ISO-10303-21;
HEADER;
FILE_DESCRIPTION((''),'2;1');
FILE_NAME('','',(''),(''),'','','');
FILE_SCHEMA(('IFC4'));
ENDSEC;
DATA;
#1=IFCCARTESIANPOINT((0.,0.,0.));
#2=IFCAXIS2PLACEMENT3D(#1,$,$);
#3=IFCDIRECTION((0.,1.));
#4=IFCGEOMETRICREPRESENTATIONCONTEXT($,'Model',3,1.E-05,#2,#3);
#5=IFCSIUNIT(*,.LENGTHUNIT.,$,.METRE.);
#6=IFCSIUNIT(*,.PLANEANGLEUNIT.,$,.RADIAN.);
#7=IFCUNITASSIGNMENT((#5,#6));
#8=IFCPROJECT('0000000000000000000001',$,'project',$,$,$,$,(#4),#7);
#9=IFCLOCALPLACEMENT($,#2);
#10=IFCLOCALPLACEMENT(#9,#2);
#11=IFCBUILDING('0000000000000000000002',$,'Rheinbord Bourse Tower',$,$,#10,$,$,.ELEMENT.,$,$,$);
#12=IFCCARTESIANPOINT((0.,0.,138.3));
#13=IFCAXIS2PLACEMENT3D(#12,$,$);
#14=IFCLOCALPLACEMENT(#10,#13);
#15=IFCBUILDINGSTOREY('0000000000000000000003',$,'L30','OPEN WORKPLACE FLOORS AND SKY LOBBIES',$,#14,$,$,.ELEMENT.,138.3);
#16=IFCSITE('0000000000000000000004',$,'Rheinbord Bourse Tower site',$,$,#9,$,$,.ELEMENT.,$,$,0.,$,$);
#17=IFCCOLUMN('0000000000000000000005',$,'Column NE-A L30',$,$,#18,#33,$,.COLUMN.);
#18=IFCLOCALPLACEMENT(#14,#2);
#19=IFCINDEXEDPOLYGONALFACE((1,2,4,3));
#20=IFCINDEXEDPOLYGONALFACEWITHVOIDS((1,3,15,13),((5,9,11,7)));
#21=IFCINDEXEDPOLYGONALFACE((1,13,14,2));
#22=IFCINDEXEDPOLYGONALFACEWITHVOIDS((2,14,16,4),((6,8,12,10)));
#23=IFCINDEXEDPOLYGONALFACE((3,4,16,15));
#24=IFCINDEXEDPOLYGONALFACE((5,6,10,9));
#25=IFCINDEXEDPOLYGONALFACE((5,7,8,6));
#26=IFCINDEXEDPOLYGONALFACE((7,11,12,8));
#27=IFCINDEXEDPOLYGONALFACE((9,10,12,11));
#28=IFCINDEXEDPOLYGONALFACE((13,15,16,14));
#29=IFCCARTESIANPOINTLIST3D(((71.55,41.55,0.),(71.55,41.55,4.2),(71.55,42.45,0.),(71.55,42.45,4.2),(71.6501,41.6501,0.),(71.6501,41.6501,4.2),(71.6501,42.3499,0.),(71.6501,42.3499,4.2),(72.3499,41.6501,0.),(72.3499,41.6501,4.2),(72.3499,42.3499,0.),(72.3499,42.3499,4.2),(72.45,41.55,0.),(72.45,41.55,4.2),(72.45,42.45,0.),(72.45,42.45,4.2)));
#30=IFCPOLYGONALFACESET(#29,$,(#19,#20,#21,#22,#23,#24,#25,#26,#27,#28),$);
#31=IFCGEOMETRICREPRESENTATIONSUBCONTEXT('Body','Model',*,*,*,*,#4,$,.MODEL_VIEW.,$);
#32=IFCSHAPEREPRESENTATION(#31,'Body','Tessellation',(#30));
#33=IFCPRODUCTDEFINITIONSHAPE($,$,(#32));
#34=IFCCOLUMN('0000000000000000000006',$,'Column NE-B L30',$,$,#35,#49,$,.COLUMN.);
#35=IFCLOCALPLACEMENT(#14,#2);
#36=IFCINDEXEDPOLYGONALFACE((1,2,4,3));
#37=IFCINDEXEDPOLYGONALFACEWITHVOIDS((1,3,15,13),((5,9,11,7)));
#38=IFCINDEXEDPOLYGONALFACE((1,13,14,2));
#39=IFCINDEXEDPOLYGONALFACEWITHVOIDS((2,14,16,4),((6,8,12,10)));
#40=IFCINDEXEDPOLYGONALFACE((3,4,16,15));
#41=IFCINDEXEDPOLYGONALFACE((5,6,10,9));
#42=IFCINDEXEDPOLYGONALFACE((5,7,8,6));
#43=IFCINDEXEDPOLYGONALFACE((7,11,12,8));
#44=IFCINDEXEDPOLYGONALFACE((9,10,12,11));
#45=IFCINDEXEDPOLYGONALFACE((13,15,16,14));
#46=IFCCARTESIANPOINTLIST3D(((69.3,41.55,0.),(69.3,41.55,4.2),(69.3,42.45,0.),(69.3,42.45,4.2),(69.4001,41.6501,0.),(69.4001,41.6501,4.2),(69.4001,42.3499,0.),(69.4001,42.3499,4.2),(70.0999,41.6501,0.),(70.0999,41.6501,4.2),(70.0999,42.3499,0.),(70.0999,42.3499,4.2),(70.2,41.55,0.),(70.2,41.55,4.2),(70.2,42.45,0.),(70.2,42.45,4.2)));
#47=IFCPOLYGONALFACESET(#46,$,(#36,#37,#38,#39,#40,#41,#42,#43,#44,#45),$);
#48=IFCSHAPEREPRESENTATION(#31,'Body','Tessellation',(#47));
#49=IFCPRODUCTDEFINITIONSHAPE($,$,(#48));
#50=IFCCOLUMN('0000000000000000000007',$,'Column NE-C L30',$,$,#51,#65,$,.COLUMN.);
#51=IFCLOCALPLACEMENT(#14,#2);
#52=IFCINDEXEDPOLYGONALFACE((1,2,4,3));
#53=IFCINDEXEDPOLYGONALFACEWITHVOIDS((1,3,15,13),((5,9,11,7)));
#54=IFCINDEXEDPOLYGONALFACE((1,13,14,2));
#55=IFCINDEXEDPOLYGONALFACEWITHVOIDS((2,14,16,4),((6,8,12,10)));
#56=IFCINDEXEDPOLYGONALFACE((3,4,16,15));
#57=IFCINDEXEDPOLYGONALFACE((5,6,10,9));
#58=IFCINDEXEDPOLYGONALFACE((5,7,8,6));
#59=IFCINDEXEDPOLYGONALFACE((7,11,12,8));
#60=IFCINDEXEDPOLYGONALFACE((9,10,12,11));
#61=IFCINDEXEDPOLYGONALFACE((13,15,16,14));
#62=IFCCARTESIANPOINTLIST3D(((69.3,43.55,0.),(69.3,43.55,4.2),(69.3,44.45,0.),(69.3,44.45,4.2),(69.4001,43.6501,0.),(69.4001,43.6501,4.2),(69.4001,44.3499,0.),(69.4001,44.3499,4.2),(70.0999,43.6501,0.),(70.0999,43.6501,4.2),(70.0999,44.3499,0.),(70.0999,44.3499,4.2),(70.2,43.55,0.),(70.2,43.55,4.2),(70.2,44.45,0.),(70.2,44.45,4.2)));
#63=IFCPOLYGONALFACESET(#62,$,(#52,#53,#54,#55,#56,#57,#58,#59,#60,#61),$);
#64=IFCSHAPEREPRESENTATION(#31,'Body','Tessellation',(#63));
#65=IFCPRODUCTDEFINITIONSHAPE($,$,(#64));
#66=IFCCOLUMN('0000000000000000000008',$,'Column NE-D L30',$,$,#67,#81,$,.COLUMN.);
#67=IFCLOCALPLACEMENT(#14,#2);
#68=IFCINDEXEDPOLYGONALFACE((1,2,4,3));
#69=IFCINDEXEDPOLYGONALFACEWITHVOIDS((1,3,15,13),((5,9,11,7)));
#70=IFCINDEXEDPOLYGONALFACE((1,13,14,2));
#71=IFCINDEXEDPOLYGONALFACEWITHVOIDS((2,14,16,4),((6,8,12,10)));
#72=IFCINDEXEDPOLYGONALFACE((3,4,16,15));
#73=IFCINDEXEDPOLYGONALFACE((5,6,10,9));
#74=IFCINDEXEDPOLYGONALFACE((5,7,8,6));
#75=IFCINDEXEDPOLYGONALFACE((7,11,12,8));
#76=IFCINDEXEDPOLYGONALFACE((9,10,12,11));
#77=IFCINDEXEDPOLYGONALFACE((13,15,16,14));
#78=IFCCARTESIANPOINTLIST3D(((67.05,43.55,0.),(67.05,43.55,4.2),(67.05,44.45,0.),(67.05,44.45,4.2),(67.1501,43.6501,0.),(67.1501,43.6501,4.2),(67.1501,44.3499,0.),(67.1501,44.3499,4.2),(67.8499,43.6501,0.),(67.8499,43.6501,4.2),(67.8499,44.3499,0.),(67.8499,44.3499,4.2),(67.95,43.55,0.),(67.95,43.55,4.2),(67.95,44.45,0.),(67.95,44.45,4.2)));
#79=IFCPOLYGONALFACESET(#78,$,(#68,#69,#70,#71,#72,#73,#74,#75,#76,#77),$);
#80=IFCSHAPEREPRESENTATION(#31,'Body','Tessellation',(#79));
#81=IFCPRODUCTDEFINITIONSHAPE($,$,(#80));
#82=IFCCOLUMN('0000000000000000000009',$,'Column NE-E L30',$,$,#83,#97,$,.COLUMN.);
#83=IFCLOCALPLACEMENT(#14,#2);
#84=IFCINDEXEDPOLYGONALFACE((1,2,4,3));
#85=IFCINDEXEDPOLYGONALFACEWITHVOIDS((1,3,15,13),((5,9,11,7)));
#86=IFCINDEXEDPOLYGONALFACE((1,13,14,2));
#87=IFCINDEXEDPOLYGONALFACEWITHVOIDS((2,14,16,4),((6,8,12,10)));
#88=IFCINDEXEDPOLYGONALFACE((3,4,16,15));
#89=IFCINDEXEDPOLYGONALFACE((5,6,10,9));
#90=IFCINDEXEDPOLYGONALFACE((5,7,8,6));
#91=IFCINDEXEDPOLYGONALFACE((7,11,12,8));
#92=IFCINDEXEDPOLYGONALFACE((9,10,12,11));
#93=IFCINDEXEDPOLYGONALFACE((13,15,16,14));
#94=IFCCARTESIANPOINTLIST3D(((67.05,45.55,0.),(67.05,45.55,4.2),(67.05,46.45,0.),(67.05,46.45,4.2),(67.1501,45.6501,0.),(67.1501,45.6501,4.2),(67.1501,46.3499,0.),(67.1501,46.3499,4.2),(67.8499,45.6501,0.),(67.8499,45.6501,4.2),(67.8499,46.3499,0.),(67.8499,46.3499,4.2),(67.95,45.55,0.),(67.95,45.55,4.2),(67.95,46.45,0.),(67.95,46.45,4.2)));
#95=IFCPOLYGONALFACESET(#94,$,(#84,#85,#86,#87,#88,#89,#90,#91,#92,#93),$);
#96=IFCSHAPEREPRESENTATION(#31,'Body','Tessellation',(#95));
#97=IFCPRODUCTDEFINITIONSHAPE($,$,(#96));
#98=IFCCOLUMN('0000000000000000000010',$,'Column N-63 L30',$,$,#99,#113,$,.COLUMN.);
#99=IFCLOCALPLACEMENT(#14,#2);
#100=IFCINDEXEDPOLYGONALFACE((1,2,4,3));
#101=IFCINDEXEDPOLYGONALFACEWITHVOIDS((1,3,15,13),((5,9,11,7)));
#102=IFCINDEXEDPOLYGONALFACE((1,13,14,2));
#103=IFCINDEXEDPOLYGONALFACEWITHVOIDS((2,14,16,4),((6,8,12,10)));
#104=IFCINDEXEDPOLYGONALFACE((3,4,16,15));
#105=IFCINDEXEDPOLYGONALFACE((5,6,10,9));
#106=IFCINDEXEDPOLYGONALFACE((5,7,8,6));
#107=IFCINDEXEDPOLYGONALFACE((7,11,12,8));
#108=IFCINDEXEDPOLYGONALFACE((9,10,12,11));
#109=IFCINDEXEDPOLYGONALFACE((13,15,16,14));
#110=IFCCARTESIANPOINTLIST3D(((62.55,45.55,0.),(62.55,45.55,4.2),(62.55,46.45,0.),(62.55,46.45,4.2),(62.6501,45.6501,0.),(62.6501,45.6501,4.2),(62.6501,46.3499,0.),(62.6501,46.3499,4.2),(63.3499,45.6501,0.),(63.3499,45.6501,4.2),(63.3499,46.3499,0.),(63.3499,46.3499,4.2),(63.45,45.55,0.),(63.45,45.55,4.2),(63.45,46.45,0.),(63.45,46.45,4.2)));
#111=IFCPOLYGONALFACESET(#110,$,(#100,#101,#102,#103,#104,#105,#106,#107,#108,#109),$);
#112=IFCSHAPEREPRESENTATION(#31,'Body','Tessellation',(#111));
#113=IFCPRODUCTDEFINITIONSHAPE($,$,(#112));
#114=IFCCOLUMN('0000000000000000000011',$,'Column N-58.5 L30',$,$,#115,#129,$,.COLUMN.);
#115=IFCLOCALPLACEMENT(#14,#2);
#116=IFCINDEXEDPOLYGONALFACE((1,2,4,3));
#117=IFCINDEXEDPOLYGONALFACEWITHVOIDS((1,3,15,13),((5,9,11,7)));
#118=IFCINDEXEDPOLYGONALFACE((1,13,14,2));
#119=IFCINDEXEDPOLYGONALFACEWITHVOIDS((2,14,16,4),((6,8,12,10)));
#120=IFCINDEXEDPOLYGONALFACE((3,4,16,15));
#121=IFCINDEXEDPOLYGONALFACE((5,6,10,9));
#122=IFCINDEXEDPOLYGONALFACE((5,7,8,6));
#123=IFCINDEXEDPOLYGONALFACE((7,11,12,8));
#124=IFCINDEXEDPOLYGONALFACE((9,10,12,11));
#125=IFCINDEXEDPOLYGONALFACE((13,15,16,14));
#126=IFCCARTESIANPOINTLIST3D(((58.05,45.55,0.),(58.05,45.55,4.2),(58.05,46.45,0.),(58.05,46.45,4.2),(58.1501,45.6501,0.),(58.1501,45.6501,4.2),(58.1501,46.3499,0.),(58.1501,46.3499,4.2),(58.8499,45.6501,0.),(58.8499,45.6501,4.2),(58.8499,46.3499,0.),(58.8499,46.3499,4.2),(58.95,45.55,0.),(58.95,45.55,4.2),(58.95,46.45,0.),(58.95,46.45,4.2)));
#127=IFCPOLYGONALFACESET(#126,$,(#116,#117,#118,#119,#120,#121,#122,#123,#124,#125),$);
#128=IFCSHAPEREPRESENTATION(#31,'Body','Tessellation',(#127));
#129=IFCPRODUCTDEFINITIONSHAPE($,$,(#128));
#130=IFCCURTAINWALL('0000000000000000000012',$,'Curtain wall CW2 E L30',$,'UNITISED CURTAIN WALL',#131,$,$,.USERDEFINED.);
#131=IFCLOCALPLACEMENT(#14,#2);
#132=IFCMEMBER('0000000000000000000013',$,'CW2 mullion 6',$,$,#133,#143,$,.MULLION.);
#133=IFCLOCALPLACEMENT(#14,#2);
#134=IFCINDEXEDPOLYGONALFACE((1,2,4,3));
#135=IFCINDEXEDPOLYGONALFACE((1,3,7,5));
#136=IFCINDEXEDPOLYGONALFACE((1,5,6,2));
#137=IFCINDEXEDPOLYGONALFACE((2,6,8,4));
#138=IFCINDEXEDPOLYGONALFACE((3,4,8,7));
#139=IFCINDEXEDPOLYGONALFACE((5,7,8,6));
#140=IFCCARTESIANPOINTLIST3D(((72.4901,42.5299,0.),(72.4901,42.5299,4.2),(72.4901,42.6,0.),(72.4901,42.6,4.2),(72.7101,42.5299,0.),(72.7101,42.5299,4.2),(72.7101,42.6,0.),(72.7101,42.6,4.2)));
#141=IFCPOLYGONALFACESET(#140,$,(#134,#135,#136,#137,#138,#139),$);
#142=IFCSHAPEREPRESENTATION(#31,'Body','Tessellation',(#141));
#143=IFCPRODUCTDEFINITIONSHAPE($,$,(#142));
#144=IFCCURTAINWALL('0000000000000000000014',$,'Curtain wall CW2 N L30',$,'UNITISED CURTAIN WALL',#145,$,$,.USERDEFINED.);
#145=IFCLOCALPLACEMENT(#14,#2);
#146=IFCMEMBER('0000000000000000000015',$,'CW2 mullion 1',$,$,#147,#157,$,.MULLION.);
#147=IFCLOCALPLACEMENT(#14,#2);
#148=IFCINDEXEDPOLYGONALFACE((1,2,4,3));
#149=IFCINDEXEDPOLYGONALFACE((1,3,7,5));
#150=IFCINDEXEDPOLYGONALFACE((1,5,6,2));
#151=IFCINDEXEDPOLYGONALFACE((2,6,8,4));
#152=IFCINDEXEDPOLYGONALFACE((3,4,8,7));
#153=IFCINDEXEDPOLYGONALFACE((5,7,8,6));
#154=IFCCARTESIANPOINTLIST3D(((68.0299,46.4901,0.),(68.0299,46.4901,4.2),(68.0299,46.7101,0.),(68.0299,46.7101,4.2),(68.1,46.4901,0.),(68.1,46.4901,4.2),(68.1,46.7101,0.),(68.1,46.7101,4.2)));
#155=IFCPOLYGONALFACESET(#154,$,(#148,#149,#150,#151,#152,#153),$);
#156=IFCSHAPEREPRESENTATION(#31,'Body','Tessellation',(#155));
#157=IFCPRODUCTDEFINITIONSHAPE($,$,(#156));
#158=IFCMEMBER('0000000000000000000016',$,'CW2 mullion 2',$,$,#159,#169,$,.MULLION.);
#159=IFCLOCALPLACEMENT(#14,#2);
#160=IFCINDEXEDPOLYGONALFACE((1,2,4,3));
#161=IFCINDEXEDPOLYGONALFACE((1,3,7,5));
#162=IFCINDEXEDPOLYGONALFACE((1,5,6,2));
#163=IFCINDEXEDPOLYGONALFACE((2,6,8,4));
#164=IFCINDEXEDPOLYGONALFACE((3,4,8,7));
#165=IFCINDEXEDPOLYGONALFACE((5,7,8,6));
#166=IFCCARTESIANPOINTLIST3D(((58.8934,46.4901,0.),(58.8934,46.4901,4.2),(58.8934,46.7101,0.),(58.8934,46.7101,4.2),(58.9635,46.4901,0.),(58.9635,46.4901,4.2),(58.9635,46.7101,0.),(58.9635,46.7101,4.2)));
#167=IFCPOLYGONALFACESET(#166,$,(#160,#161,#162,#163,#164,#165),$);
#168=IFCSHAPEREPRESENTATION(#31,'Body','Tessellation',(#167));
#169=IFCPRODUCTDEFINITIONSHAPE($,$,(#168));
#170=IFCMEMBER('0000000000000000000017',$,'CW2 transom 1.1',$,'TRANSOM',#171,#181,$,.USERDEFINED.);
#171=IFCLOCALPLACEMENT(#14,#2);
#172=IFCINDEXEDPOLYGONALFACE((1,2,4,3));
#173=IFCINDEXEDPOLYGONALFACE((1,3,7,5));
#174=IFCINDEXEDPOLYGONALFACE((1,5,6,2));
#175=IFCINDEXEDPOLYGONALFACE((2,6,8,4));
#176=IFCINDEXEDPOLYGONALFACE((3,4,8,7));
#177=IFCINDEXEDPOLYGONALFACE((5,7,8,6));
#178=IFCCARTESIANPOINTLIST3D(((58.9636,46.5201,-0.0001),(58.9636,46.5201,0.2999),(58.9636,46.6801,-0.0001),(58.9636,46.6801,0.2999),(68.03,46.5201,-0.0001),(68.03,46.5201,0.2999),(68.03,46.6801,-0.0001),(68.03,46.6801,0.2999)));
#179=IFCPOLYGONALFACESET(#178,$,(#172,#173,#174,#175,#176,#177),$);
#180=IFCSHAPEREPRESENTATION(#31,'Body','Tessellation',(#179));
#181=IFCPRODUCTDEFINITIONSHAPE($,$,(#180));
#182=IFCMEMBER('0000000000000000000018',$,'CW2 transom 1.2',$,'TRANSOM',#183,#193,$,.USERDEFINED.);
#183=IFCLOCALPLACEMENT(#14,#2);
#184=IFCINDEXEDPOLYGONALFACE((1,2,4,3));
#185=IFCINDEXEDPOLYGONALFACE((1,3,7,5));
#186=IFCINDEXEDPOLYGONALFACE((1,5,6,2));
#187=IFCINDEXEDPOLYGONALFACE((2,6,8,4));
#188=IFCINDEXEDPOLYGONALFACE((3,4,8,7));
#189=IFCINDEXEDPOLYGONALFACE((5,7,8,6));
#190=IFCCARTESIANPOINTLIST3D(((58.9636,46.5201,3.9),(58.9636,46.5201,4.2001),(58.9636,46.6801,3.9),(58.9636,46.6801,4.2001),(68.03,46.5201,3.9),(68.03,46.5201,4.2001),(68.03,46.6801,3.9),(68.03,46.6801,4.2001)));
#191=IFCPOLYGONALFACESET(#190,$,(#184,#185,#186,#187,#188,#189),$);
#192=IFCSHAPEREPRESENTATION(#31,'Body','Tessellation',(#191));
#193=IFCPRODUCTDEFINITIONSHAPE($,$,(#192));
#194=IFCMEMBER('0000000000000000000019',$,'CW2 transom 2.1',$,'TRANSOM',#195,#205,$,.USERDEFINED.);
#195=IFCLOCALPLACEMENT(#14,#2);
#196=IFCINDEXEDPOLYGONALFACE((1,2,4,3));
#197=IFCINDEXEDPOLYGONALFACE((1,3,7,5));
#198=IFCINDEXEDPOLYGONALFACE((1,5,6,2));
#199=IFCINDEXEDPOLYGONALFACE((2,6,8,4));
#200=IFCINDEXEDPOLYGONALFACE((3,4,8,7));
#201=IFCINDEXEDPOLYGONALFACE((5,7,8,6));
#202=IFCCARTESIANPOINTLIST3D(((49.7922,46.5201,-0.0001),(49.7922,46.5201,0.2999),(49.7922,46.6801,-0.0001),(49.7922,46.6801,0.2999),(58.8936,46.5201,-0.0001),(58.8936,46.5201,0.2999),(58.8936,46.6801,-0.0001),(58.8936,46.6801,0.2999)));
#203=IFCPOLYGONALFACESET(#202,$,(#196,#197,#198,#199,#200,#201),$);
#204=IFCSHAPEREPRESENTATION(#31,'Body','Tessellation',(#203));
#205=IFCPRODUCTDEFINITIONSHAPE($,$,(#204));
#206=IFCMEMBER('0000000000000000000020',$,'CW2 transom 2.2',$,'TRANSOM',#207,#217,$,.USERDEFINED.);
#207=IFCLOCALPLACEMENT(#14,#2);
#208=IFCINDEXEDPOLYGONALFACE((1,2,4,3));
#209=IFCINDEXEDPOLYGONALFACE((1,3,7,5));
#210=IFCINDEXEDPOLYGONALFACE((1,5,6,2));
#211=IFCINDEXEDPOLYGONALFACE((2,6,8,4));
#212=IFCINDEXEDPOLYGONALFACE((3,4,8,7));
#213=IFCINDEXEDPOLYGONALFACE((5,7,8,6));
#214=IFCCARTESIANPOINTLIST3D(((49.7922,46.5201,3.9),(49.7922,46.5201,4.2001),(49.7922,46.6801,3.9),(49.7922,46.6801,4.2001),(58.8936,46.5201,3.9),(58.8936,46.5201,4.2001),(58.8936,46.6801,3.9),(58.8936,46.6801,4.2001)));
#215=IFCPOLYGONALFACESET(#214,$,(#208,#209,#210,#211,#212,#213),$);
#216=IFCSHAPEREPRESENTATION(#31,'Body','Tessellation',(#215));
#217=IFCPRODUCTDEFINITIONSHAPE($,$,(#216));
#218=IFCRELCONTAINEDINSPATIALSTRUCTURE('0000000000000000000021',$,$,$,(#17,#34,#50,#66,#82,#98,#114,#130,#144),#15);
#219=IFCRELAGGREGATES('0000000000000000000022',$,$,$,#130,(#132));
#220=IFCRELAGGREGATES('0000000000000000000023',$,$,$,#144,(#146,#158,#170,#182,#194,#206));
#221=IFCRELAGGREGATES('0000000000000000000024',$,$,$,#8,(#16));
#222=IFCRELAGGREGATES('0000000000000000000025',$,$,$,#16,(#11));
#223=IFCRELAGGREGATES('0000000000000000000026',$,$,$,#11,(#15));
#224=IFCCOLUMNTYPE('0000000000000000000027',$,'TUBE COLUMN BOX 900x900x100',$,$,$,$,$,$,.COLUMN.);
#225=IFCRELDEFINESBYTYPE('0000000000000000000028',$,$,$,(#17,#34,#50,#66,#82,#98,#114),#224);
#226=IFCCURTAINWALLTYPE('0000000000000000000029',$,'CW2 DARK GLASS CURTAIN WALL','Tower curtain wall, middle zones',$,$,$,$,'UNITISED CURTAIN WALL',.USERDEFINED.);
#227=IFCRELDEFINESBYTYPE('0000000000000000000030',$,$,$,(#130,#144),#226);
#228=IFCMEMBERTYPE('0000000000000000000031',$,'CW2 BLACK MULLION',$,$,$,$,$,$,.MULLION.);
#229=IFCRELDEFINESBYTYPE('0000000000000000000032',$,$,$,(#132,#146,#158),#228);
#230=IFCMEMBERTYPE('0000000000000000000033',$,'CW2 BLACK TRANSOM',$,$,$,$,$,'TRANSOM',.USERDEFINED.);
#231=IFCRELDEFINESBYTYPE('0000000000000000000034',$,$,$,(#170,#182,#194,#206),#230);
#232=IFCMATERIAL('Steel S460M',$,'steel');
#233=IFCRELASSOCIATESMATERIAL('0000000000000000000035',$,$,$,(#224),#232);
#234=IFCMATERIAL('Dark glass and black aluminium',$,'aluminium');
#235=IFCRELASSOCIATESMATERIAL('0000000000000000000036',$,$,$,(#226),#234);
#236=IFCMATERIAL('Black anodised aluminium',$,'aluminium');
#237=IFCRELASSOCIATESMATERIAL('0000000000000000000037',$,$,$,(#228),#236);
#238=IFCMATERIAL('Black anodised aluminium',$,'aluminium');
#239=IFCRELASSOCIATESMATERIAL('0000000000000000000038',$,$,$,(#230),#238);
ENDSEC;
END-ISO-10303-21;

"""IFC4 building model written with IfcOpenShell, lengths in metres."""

from ifc_helpers import new_model, si_unit, direction, frame, origin, origin_2d, place, context, subcontext, project, spatial, rectangle, hollow_rectangle, extrude, material, material_profile, profile_set, type_object, element, aggregate, save


model = new_model("IFC4")

# Units and contexts
model_context = context("Model", 3, precision=1e-05, world=origin(), true_north=direction((0.0, 1.0)))
body_context = subcontext(model_context, "Body", "Model", "MODEL_VIEW")
ifc_project = project(units=[si_unit("LENGTHUNIT", "METRE"), si_unit("PLANEANGLEUNIT", "RADIAN")], contexts=[model_context])

# Site, building, storey
site_placement = place(None, origin())
site = spatial("IfcSite", under=ifc_project, at=site_placement, Name="Rheinbord Bourse Tower site", CompositionType="ELEMENT", RefElevation=0.0)
building_placement = place(site_placement, origin())
building = spatial("IfcBuilding", under=site, at=building_placement, Name="Rheinbord Bourse Tower", CompositionType="ELEMENT")
storey_placement = place(building_placement, frame((0.0, 0.0, 138.3)))
storey = spatial("IfcBuildingStorey", under=building, at=storey_placement, Name="L30", Description="OPEN WORKPLACE FLOORS AND SKY LOBBIES", CompositionType="ELEMENT", Elevation=138.3)

# Columns
ifc_material_1 = material(Name="Steel S460M", Category="steel")
ifc_material_profile_1 = material_profile(ifc_material_1, hollow_rectangle(XDim=0.8999, YDim=0.8999, WallThickness=0.1001, at=origin_2d()), Name="BOX 900x900x100")
ifc_profile_set_1 = profile_set([ifc_material_profile_1], Name="Steel S460M")
column_type = type_object("IfcColumnType", Name="TUBE COLUMN BOX 900x900x100", PredefinedType="COLUMN", material=ifc_profile_set_1)
for number, where, z_axis, x_axis, name in (
    (1, (72.0, 42.0, 0.0), (0.0, 0.0, 1.0), (1.0, 0.0, 0.0), "Column NE-A L30"),
    (2, (69.75, 42.0, 0.0), (0.0, 0.0, 1.0), (1.0, 0.0, 0.0), "Column NE-B L30"),
    (3, (69.75, 44.0, 0.0), (0.0, 0.0, 1.0), (1.0, 0.0, 0.0), "Column NE-C L30"),
    (4, (67.5, 44.0, 0.0), (0.0, 0.0, 1.0), (0.0, 1.0, 0.0), "Column NE-D L30"),
    (5, (67.5, 46.0, 0.0), (0.0, 0.0, 1.0), (0.0, 1.0, 0.0), "Column NE-E L30"),
    (6, (63.0, 46.0, 0.0), (0.0, 0.0, 1.0), (0.0, 1.0, 0.0), "Column N-63 L30"),
    (7, (58.5, 46.0, 0.0), (0.0, 0.0, 1.0), (0.0, 1.0, 0.0), "Column N-58.5 L30"),
):
    element("IfcColumn", number, at=place(storey_placement, frame(where, z_axis=z_axis, x_axis=x_axis)), inside=storey, type_object=column_type, Name=name, PredefinedType="COLUMN", context=body_context, shape_type="SweptSolid", body=[
        extrude(hollow_rectangle(XDim=0.8999, YDim=0.8999, WallThickness=0.1001, at=origin_2d()), origin(), (0.0, 0.0, 1.0), 4.2),
    ])

# Curtain wall, member
ifc_material_2 = material(Name="Dark glass and black aluminium", Category="aluminium")
curtain_wall_type = type_object("IfcCurtainWallType", Name="CW2 DARK GLASS CURTAIN WALL", Description="Tower curtain wall, middle zones", ElementType="UNITISED CURTAIN WALL", PredefinedType="USERDEFINED", material=ifc_material_2)
curtain_wall_1_placement = place(storey_placement, origin())
curtain_wall_1 = element("IfcCurtainWall", 8, at=curtain_wall_1_placement, inside=storey, type_object=curtain_wall_type, Name="Curtain wall CW2 E L30", ObjectType="UNITISED CURTAIN WALL", PredefinedType="USERDEFINED")
ifc_material_3 = material(Name="Black anodised aluminium", Category="aluminium")
ifc_material_profile_2 = material_profile(ifc_material_3, rectangle(XDim=0.22, YDim=0.0701, at=origin_2d()), Name="CW2 MULLION 70x220")
ifc_profile_set_2 = profile_set([ifc_material_profile_2], Name="Black anodised aluminium")
member_type_1 = type_object("IfcMemberType", Name="CW2 BLACK MULLION", PredefinedType="MULLION", material=ifc_profile_set_2)
member_1_placement = place(storey_placement, frame((72.6001, 42.5649, 0.0), z_axis=(0.0, 0.0, 1.0), x_axis=(-1.0, 0.0, 0.0)))
member_1 = element("IfcMember", 9, at=member_1_placement, type_object=member_type_1, Name="CW2 mullion 6", PredefinedType="MULLION", context=body_context, shape_type="SweptSolid", body=[
    extrude(rectangle(XDim=0.22, YDim=0.0701, at=origin_2d()), origin(), (0.0, 0.0, 1.0), 4.2),
])

# Curtain wall, members
curtain_wall_2_placement = place(storey_placement, origin())
curtain_wall_2 = element("IfcCurtainWall", 10, at=curtain_wall_2_placement, inside=storey, type_object=curtain_wall_type, Name="Curtain wall CW2 N L30", ObjectType="UNITISED CURTAIN WALL", PredefinedType="USERDEFINED")
member_2_placement = place(storey_placement, frame((68.0649, 46.6001, 0.0), z_axis=(0.0, 0.0, 1.0), x_axis=(0.0, -1.0, 0.0)))
member_2 = element("IfcMember", 11, at=member_2_placement, type_object=member_type_1, Name="CW2 mullion 1", PredefinedType="MULLION", context=body_context, shape_type="SweptSolid", body=[
    extrude(rectangle(XDim=0.22, YDim=0.0701, at=origin_2d()), origin(), (0.0, 0.0, 1.0), 4.2),
])
member_3_placement = place(storey_placement, frame((58.9285, 46.6001, 0.0), z_axis=(0.0, 0.0, 1.0), x_axis=(0.0, -1.0, 0.0)))
member_3 = element("IfcMember", 12, at=member_3_placement, type_object=member_type_1, Name="CW2 mullion 2", PredefinedType="MULLION", context=body_context, shape_type="SweptSolid", body=[
    extrude(rectangle(XDim=0.22, YDim=0.0701, at=origin_2d()), origin(), (0.0, 0.0, 1.0), 4.2),
])
ifc_material_4 = material(Name="Black anodised aluminium", Category="aluminium")
ifc_material_profile_3 = material_profile(ifc_material_4, rectangle(XDim=0.1599, YDim=0.3, at=origin_2d()), Name="CW2 TRANSOM 300x160")
ifc_profile_set_3 = profile_set([ifc_material_profile_3], Name="Black anodised aluminium")
member_type_2 = type_object("IfcMemberType", Name="CW2 BLACK TRANSOM", ElementType="TRANSOM", PredefinedType="USERDEFINED", material=ifc_profile_set_3)
member_4_placement = place(storey_placement, frame((68.03, 46.6001, 0.1499), z_axis=(-1.0, 0.0, 0.0), x_axis=(0.0, -1.0, 0.0)))
member_4 = element("IfcMember", 13, at=member_4_placement, type_object=member_type_2, Name="CW2 transom 1.1", ObjectType="TRANSOM", PredefinedType="USERDEFINED", context=body_context, shape_type="SweptSolid", body=[
    extrude(rectangle(XDim=0.1599, YDim=0.3, at=origin_2d()), origin(), (0.0, 0.0, 1.0), 9.0664),
])
member_5_placement = place(storey_placement, frame((68.03, 46.6001, 4.05), z_axis=(-1.0, 0.0, 0.0), x_axis=(0.0, -1.0, 0.0)))
member_5 = element("IfcMember", 14, at=member_5_placement, type_object=member_type_2, Name="CW2 transom 1.2", ObjectType="TRANSOM", PredefinedType="USERDEFINED", context=body_context, shape_type="SweptSolid", body=[
    extrude(rectangle(XDim=0.1599, YDim=0.3, at=origin_2d()), origin(), (0.0, 0.0, 1.0), 9.0664),
])
member_6_placement = place(storey_placement, frame((58.8936, 46.6001, 0.1499), z_axis=(-1.0, 0.0, 0.0), x_axis=(0.0, -1.0, 0.0)))
member_6 = element("IfcMember", 15, at=member_6_placement, type_object=member_type_2, Name="CW2 transom 2.1", ObjectType="TRANSOM", PredefinedType="USERDEFINED", context=body_context, shape_type="SweptSolid", body=[
    extrude(rectangle(XDim=0.1599, YDim=0.3, at=origin_2d()), origin(), (0.0, 0.0, 1.0), 9.1013),
])
member_7_placement = place(storey_placement, frame((58.8936, 46.6001, 4.05), z_axis=(-1.0, 0.0, 0.0), x_axis=(0.0, -1.0, 0.0)))
member_7 = element("IfcMember", 16, at=member_7_placement, type_object=member_type_2, Name="CW2 transom 2.2", ObjectType="TRANSOM", PredefinedType="USERDEFINED", context=body_context, shape_type="SweptSolid", body=[
    extrude(rectangle(XDim=0.1599, YDim=0.3, at=origin_2d()), origin(), (0.0, 0.0, 1.0), 9.1013),
])

aggregate(curtain_wall_1, [member_1])
aggregate(curtain_wall_2, [member_2, member_3, member_4, member_5, member_6, member_7])

save(model, "model.ifc")
